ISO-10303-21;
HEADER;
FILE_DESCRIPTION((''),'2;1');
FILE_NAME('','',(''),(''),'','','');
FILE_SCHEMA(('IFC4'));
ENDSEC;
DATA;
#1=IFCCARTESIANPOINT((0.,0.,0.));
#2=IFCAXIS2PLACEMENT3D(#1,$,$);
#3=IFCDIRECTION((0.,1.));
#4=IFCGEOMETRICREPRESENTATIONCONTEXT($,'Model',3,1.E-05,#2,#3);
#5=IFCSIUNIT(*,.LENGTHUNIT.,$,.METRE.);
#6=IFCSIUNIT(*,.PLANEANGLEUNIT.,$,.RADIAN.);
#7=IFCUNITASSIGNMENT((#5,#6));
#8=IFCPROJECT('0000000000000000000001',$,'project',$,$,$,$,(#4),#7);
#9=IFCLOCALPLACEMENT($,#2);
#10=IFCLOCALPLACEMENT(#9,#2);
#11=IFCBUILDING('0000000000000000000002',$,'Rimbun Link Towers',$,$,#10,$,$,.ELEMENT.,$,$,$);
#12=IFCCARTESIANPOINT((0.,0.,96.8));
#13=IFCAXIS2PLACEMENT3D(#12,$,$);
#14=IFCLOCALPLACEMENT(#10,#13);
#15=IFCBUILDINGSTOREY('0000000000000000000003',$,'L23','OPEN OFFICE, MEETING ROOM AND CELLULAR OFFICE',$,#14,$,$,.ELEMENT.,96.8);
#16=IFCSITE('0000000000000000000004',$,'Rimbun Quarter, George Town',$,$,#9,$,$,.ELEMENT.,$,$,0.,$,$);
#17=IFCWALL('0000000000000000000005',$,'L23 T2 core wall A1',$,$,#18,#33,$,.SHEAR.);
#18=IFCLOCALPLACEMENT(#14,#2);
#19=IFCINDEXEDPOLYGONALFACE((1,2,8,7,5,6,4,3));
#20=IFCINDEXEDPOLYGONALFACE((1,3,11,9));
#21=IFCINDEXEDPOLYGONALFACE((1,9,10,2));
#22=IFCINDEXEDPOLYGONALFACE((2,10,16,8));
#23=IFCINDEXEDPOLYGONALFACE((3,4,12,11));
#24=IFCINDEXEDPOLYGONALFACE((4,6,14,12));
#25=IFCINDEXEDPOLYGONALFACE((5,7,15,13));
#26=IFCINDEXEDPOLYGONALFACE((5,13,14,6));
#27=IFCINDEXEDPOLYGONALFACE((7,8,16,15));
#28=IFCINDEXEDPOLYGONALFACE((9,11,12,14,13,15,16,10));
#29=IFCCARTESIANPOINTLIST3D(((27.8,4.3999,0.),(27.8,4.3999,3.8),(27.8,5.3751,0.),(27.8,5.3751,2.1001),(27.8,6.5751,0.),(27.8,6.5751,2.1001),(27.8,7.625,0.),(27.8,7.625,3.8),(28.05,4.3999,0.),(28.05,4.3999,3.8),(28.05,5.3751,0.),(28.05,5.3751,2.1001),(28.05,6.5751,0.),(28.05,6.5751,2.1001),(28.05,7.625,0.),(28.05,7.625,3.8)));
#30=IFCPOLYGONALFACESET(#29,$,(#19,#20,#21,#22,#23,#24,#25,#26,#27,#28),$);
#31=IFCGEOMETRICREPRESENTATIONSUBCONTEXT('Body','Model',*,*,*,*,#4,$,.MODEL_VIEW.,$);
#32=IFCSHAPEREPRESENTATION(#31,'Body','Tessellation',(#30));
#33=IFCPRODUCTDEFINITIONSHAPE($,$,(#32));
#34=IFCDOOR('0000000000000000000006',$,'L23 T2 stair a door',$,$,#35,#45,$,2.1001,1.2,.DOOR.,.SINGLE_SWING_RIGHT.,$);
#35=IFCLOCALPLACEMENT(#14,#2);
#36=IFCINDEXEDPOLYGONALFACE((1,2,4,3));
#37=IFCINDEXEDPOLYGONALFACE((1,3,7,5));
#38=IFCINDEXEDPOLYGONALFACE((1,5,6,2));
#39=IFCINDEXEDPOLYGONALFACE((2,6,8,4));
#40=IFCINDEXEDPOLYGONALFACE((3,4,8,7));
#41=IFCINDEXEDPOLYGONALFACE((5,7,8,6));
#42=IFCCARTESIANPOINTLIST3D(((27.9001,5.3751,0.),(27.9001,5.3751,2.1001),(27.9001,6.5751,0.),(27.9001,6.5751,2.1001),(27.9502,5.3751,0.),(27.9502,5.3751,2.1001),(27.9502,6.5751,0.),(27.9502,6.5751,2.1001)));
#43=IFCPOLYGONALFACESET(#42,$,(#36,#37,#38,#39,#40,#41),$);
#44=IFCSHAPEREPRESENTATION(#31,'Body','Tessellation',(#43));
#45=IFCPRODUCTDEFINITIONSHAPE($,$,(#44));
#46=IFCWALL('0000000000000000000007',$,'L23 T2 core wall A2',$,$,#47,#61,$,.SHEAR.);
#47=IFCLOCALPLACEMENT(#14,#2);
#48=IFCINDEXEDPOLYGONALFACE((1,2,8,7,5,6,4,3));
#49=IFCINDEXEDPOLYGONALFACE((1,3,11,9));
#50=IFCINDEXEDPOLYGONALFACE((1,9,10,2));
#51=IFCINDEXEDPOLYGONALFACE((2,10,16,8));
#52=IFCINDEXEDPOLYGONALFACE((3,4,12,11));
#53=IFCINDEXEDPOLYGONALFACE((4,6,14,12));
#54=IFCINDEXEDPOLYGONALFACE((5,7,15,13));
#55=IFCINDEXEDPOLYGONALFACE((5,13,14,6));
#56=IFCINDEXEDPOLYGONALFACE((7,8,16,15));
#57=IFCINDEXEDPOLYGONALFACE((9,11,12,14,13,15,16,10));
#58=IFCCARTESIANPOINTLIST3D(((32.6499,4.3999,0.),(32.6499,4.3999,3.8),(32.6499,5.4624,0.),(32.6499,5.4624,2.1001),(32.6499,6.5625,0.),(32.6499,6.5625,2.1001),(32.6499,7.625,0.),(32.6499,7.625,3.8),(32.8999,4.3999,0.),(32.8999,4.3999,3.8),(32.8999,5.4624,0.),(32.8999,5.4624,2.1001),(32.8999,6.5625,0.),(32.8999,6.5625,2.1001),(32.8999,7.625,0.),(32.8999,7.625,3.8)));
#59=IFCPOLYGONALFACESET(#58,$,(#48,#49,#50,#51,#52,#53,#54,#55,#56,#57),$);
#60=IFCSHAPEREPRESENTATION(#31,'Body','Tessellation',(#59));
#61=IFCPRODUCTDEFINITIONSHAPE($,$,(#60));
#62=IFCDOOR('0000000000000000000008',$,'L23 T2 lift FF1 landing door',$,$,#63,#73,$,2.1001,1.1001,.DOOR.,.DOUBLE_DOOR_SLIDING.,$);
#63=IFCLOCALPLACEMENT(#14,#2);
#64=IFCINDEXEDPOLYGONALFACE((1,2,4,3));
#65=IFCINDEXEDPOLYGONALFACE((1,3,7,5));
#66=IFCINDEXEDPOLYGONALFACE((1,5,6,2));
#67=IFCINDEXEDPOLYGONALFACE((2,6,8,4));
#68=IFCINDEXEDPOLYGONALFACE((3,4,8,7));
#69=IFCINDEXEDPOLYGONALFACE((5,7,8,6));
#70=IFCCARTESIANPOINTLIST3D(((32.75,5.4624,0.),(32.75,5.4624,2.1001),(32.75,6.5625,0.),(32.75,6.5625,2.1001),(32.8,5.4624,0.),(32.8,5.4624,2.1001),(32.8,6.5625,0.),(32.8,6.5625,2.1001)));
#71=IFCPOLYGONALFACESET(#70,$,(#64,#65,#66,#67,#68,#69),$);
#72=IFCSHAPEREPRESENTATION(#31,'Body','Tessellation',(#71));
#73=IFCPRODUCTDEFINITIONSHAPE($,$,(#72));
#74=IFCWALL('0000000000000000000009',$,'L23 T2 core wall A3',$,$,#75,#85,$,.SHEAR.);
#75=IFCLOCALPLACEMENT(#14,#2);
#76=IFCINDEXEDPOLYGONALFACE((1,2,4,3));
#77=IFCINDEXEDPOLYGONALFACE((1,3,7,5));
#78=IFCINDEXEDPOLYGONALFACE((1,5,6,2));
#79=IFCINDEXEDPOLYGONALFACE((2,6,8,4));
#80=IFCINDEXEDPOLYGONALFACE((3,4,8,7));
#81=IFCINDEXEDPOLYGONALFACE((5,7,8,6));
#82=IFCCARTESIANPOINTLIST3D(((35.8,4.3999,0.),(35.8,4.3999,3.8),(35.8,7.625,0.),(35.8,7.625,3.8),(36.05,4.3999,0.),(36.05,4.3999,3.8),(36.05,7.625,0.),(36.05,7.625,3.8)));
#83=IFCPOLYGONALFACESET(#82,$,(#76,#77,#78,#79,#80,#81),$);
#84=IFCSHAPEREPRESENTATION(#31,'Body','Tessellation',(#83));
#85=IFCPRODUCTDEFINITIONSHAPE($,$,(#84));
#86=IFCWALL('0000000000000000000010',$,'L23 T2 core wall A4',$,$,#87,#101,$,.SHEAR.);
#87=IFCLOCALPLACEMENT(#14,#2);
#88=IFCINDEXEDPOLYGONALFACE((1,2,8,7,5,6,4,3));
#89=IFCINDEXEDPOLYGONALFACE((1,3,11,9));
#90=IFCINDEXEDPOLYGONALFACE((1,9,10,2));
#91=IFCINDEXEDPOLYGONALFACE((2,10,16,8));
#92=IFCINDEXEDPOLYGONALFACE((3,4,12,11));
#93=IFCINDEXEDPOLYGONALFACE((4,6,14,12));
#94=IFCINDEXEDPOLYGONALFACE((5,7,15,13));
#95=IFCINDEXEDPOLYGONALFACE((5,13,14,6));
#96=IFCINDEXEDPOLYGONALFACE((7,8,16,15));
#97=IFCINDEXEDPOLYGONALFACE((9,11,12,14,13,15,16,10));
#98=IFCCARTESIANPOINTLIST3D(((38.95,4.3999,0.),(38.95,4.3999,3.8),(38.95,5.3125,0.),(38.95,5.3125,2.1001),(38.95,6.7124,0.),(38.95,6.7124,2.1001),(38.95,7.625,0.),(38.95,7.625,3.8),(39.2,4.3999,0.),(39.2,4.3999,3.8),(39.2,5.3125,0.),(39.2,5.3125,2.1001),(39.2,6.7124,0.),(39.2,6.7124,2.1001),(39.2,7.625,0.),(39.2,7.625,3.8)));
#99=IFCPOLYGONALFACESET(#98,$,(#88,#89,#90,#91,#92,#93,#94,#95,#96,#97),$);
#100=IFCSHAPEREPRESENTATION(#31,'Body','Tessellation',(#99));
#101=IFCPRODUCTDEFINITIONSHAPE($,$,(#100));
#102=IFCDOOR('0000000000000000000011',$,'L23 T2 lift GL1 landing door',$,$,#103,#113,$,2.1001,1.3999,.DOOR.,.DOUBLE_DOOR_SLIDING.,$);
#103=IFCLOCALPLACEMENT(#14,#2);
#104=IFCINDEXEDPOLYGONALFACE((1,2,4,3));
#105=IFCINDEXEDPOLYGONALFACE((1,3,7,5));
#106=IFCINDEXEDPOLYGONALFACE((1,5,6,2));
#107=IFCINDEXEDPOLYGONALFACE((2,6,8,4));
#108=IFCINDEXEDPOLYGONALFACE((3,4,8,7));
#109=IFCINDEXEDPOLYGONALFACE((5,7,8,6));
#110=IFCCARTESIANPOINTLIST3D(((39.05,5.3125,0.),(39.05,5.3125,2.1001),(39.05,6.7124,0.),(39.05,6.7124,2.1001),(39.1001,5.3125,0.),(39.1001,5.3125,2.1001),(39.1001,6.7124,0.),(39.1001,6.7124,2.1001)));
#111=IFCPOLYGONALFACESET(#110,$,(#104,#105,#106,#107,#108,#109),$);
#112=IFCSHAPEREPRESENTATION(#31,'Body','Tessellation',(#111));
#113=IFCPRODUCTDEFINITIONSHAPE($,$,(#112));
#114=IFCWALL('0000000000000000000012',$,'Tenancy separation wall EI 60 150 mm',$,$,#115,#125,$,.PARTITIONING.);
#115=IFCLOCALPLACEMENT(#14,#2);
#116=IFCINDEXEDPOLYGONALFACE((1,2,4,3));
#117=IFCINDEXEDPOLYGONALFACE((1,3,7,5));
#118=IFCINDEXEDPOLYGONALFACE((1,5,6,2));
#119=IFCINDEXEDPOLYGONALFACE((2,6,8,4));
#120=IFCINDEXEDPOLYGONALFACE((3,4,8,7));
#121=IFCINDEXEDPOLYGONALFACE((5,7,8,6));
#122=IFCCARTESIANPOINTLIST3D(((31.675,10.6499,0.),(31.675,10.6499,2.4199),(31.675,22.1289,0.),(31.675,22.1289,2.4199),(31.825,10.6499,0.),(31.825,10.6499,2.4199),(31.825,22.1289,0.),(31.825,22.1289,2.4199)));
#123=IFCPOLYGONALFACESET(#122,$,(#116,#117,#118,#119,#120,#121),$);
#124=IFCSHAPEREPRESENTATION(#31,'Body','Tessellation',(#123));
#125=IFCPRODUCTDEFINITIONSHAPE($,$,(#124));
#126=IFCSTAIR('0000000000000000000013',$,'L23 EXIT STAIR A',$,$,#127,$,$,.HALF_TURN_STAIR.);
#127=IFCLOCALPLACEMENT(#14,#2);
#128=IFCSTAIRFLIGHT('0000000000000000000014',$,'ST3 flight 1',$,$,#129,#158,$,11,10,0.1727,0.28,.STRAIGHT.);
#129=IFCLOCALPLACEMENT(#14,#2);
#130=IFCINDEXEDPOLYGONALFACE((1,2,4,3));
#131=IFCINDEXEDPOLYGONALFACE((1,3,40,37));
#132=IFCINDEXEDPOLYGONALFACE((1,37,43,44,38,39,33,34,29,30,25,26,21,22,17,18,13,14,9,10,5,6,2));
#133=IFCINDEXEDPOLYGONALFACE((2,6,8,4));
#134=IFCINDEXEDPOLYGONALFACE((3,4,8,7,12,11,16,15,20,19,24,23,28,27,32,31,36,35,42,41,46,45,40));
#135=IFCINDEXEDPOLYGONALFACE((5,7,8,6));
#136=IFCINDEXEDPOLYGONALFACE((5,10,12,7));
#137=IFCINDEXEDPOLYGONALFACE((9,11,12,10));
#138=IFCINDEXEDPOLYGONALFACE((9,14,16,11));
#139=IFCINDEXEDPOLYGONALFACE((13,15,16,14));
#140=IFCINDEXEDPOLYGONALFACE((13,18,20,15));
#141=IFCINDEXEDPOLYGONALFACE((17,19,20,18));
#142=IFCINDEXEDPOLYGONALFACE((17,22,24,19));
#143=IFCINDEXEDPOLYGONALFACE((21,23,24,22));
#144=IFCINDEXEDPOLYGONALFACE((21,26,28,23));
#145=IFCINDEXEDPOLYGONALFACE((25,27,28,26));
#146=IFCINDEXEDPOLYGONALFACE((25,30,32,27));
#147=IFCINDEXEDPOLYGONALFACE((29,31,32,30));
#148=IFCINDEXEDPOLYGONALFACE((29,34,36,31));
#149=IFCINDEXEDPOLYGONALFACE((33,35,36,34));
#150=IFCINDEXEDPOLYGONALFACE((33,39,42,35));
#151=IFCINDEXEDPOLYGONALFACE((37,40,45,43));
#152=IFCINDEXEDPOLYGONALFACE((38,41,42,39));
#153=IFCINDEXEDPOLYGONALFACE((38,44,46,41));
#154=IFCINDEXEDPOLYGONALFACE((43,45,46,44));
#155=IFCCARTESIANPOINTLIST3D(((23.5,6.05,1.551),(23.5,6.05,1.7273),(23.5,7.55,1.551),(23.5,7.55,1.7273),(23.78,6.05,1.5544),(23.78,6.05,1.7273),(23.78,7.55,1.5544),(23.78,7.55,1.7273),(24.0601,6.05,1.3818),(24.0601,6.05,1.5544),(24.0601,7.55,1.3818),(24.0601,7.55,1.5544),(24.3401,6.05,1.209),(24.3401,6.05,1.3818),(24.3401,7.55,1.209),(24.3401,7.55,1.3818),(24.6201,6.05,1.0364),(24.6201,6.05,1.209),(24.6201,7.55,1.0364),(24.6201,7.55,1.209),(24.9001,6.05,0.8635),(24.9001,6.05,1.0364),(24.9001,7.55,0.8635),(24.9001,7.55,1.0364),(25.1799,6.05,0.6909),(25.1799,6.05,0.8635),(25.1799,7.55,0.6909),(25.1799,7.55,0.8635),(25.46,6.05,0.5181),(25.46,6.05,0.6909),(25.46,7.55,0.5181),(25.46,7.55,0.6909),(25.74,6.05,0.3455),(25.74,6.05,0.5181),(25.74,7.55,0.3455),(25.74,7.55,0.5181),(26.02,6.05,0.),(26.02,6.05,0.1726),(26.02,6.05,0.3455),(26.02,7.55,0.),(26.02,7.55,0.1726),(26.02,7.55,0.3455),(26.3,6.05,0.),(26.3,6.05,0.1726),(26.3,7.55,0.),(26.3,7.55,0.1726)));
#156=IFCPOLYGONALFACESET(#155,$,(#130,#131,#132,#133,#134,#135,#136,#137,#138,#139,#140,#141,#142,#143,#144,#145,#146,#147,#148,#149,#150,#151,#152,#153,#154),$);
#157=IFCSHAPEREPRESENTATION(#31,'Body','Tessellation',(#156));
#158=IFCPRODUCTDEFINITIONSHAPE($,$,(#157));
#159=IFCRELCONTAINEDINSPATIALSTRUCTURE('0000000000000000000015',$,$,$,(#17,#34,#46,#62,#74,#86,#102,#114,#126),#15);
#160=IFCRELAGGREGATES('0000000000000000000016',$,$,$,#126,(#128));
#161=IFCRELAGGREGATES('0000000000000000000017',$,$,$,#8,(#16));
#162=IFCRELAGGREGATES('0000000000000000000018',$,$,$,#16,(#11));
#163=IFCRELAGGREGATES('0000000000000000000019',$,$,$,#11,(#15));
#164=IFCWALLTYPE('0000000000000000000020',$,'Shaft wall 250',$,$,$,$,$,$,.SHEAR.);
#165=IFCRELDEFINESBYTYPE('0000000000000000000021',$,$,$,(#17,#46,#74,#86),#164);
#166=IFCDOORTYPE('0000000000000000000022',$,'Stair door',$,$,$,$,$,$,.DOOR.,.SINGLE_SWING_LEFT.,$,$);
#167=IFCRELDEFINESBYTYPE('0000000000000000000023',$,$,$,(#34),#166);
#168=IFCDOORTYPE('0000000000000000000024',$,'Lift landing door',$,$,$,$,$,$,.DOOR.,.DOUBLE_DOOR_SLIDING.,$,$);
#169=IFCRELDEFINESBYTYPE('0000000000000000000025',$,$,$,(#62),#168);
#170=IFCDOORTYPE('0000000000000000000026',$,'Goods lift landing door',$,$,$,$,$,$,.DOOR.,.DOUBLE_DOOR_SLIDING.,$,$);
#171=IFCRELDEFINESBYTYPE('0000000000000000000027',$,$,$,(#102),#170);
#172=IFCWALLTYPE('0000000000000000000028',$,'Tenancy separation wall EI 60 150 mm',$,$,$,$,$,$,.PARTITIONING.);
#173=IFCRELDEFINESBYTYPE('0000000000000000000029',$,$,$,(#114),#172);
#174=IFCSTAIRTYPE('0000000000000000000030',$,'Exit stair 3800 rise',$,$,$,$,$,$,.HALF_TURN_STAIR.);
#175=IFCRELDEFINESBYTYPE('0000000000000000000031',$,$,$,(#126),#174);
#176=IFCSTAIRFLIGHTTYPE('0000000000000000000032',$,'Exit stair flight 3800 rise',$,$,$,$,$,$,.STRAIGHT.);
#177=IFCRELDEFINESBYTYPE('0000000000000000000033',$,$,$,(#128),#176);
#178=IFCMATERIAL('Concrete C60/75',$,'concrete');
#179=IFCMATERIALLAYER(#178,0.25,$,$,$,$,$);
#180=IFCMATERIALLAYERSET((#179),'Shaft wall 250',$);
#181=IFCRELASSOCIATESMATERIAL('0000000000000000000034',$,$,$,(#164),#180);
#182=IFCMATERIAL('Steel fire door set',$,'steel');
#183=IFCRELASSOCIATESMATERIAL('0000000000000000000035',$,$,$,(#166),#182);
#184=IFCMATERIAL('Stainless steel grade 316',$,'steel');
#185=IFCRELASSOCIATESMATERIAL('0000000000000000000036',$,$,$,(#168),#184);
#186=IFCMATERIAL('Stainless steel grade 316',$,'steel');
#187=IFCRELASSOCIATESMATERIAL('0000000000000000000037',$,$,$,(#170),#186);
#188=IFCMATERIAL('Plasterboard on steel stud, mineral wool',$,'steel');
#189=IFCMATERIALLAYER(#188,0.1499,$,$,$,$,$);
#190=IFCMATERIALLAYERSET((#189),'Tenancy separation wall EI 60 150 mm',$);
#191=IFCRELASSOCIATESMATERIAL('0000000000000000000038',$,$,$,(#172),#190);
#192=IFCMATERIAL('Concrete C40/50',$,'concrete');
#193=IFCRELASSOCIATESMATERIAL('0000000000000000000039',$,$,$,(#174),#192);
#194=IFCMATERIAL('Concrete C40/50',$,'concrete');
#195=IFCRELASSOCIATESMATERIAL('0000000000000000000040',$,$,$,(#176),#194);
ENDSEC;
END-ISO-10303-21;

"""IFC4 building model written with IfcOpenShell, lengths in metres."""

from ifc_helpers import new_model, si_unit, direction, frame, frame_2d, origin, place, context, subcontext, project, spatial, polyline, rectangle, outline, extrude, material, layer, layer_set, type_object, element, fill, aggregate, save


model = new_model("IFC4")

# Units and contexts
model_context = context("Model", 3, precision=1e-05, world=origin(), true_north=direction((0.0, 1.0)))
body_context = subcontext(model_context, "Body", "Model", "MODEL_VIEW")
ifc_project = project(units=[si_unit("LENGTHUNIT", "METRE"), si_unit("PLANEANGLEUNIT", "RADIAN")], contexts=[model_context])

# Site, building, storey
site_placement = place(None, origin())
site = spatial("IfcSite", under=ifc_project, at=site_placement, Name="Rimbun Quarter, George Town", CompositionType="ELEMENT", RefElevation=0.0)
building_placement = place(site_placement, origin())
building = spatial("IfcBuilding", under=site, at=building_placement, Name="Rimbun Link Towers", CompositionType="ELEMENT")
storey_placement = place(building_placement, frame((0.0, 0.0, 96.8)))
storey = spatial("IfcBuildingStorey", under=building, at=storey_placement, Name="L23", Description="OPEN OFFICE, MEETING ROOM AND CELLULAR OFFICE", CompositionType="ELEMENT", Elevation=96.8)

# Shared definitions
ifc_material_1 = material(Name="Concrete C60/75", Category="concrete")
ifc_layer_1 = layer(ifc_material_1, 0.25)
ifc_layer_set_1 = layer_set([ifc_layer_1], Name="Shaft wall 250")
wall_type_1 = type_object("IfcWallType", Name="Shaft wall 250", PredefinedType="SHEAR", material=ifc_layer_set_1)

# Walls, openings, doors
wall_1_placement = place(storey_placement, frame((27.925, 4.3999, 0.0), z_axis=(0.0, 0.0, 1.0), x_axis=(0.0, 1.0, 0.0)))
wall_1 = element("IfcWall", 1, at=wall_1_placement, inside=storey, type_object=wall_type_1, Name="L23 T2 core wall A1", PredefinedType="SHEAR", context=body_context, shape_type="SweptSolid", body=[
    extrude(rectangle(XDim=3.2251, YDim=0.25, at=frame_2d((1.6125, 0.0))), origin(), (0.0, 0.0, 1.0), 3.8),
])
opening_1_placement = place(wall_1_placement, frame((0.9751, 0.0, 0.0)))
opening_1 = element("IfcOpeningElement", 2, at=opening_1_placement, cuts=wall_1, PredefinedType="OPENING", context=body_context, shape_type="SweptSolid", body=[
    extrude(rectangle(XDim=1.2, YDim=2.1001, at=frame_2d((0.6001, 1.05))), frame((0.0, 0.135, 0.0), z_axis=(0.0, -1.0, 0.0), x_axis=(1.0, 0.0, 0.0)), (0.0, 0.0, 1.0), 0.27),
])
ifc_material_2 = material(Name="Steel fire door set", Category="steel")
door_type_1 = type_object("IfcDoorType", Name="Stair door", OperationType="SINGLE_SWING_LEFT", PredefinedType="DOOR", material=ifc_material_2)
door_1_placement = place(opening_1_placement, origin())
door_1 = element("IfcDoor", 3, at=door_1_placement, inside=storey, type_object=door_type_1, Name="L23 T2 stair a door", OperationType="SINGLE_SWING_RIGHT", OverallHeight=2.1001, OverallWidth=1.2, PredefinedType="DOOR", context=body_context, shape_type="SweptSolid", body=[
    extrude(rectangle(XDim=1.2, YDim=2.1001, at=frame_2d((0.6001, 1.05))), frame((0.0, 0.0249, 0.0), z_axis=(0.0, -1.0, 0.0), x_axis=(1.0, 0.0, 0.0)), (0.0, 0.0, 1.0), 0.05),
])
fill(opening_1, door_1)
wall_2_placement = place(storey_placement, frame((32.7749, 4.3999, 0.0), z_axis=(0.0, 0.0, 1.0), x_axis=(0.0, 1.0, 0.0)))
wall_2 = element("IfcWall", 4, at=wall_2_placement, inside=storey, type_object=wall_type_1, Name="L23 T2 core wall A2", PredefinedType="SHEAR", context=body_context, shape_type="SweptSolid", body=[
    extrude(rectangle(XDim=3.2251, YDim=0.25, at=frame_2d((1.6125, 0.0))), origin(), (0.0, 0.0, 1.0), 3.8),
])
opening_2_placement = place(wall_2_placement, frame((1.0625, 0.0, 0.0)))
opening_2 = element("IfcOpeningElement", 5, at=opening_2_placement, cuts=wall_2, PredefinedType="OPENING", context=body_context, shape_type="SweptSolid", body=[
    extrude(rectangle(XDim=1.1001, YDim=2.1001, at=frame_2d((0.55, 1.05))), frame((0.0, 0.135, 0.0), z_axis=(0.0, -1.0, 0.0), x_axis=(1.0, 0.0, 0.0)), (0.0, 0.0, 1.0), 0.27),
])
ifc_material_3 = material(Name="Stainless steel grade 316", Category="steel")
door_type_2 = type_object("IfcDoorType", Name="Lift landing door", OperationType="DOUBLE_DOOR_SLIDING", PredefinedType="DOOR", material=ifc_material_3)
door_2_placement = place(opening_2_placement, origin())
door_2 = element("IfcDoor", 6, at=door_2_placement, inside=storey, type_object=door_type_2, Name="L23 T2 lift FF1 landing door", OperationType="DOUBLE_DOOR_SLIDING", OverallHeight=2.1001, OverallWidth=1.1001, PredefinedType="DOOR", context=body_context, shape_type="SweptSolid", body=[
    extrude(rectangle(XDim=1.1001, YDim=2.1001, at=frame_2d((0.55, 1.05))), frame((0.0, 0.0249, 0.0), z_axis=(0.0, -1.0, 0.0), x_axis=(1.0, 0.0, 0.0)), (0.0, 0.0, 1.0), 0.05),
])
fill(opening_2, door_2)

# Wall
wall_3_placement = place(storey_placement, frame((35.925, 4.3999, 0.0), z_axis=(0.0, 0.0, 1.0), x_axis=(0.0, 1.0, 0.0)))
element("IfcWall", 7, at=wall_3_placement, inside=storey, type_object=wall_type_1, Name="L23 T2 core wall A3", PredefinedType="SHEAR", context=body_context, shape_type="SweptSolid", body=[
    extrude(rectangle(XDim=3.2251, YDim=0.25, at=frame_2d((1.6125, 0.0))), origin(), (0.0, 0.0, 1.0), 3.8),
])

# Wall, opening, door
wall_4_placement = place(storey_placement, frame((39.075, 4.3999, 0.0), z_axis=(0.0, 0.0, 1.0), x_axis=(0.0, 1.0, 0.0)))
wall_4 = element("IfcWall", 8, at=wall_4_placement, inside=storey, type_object=wall_type_1, Name="L23 T2 core wall A4", PredefinedType="SHEAR", context=body_context, shape_type="SweptSolid", body=[
    extrude(rectangle(XDim=3.2251, YDim=0.25, at=frame_2d((1.6125, 0.0))), origin(), (0.0, 0.0, 1.0), 3.8),
])
opening_3_placement = place(wall_4_placement, frame((0.9126, 0.0, 0.0)))
opening_3 = element("IfcOpeningElement", 9, at=opening_3_placement, cuts=wall_4, PredefinedType="OPENING", context=body_context, shape_type="SweptSolid", body=[
    extrude(rectangle(XDim=1.3999, YDim=2.1001, at=frame_2d((0.7, 1.05))), frame((0.0, 0.135, 0.0), z_axis=(0.0, -1.0, 0.0), x_axis=(1.0, 0.0, 0.0)), (0.0, 0.0, 1.0), 0.27),
])
ifc_material_4 = material(Name="Stainless steel grade 316", Category="steel")
door_type_3 = type_object("IfcDoorType", Name="Goods lift landing door", OperationType="DOUBLE_DOOR_SLIDING", PredefinedType="DOOR", material=ifc_material_4)
door_3_placement = place(opening_3_placement, origin())
door_3 = element("IfcDoor", 10, at=door_3_placement, inside=storey, type_object=door_type_3, Name="L23 T2 lift GL1 landing door", OperationType="DOUBLE_DOOR_SLIDING", OverallHeight=2.1001, OverallWidth=1.3999, PredefinedType="DOOR", context=body_context, shape_type="SweptSolid", body=[
    extrude(rectangle(XDim=1.3999, YDim=2.1001, at=frame_2d((0.7, 1.05))), frame((0.0, 0.0249, 0.0), z_axis=(0.0, -1.0, 0.0), x_axis=(1.0, 0.0, 0.0)), (0.0, 0.0, 1.0), 0.05),
])
fill(opening_3, door_3)

# Wall
ifc_material_5 = material(Name="Plasterboard on steel stud, mineral wool", Category="steel")
ifc_layer_2 = layer(ifc_material_5, 0.1499)
ifc_layer_set_2 = layer_set([ifc_layer_2], Name="Tenancy separation wall EI 60 150 mm")
wall_type_2 = type_object("IfcWallType", Name="Tenancy separation wall EI 60 150 mm", PredefinedType="PARTITIONING", material=ifc_layer_set_2)
wall_5_placement = place(storey_placement, frame((31.75, 10.6499, 0.0), z_axis=(0.0, 0.0, 1.0), x_axis=(0.0, 1.0, 0.0)))
element("IfcWall", 11, at=wall_5_placement, inside=storey, type_object=wall_type_2, Name="Tenancy separation wall EI 60 150 mm", PredefinedType="PARTITIONING", context=body_context, shape_type="SweptSolid", body=[
    extrude(rectangle(XDim=11.479, YDim=0.1499, at=frame_2d((5.7395, 0.0))), origin(), (0.0, 0.0, 1.0), 2.4199),
])

# Stair, stair flight
ifc_material_6 = material(Name="Concrete C40/50", Category="concrete")
stair_type = type_object("IfcStairType", Name="Exit stair 3800 rise", PredefinedType="HALF_TURN_STAIR", material=ifc_material_6)
stair_placement = place(storey_placement, origin())
stair = element("IfcStair", 12, at=stair_placement, inside=storey, type_object=stair_type, Name="L23 EXIT STAIR A", PredefinedType="HALF_TURN_STAIR")
ifc_material_7 = material(Name="Concrete C40/50", Category="concrete")
stair_flight_type = type_object("IfcStairFlightType", Name="Exit stair flight 3800 rise", PredefinedType="STRAIGHT", material=ifc_material_7)
stair_flight_placement = place(storey_placement, frame((26.3, 6.8, 0.0), z_axis=(0.0, 0.0, 1.0), x_axis=(-1.0, 0.0, 0.0)))
stair_flight = element("IfcStairFlight", 13, at=stair_flight_placement, type_object=stair_flight_type, Name="ST3 flight 1", NumberOfRisers=11, NumberOfTreads=10, PredefinedType="STRAIGHT", RiserHeight=0.1727, TreadLength=0.28, context=body_context, shape_type="SweptSolid", body=[
    extrude(outline(polyline([(0.0, 0.0), (0.0, 0.1726), (0.28, 0.1726), (0.28, 0.3455), (0.5601, 0.3455), (0.5601, 0.5181), (0.8401, 0.5181), (0.8401, 0.6909), (1.1201, 0.6909), (1.1201, 0.8635), (1.3999, 0.8635), (1.3999, 1.0364), (1.6799, 1.0364), (1.6799, 1.209), (1.96, 1.209), (1.96, 1.3818), (2.24, 1.3818), (2.24, 1.5544), (2.52, 1.5544), (2.52, 1.7273), (2.8, 1.7273), (2.8, 1.8999), (2.8, 1.551), (0.28, 0.0), (0.0, 0.0)])), frame((0.0, 0.75, 0.0), z_axis=(0.0, -1.0, 0.0), x_axis=(1.0, 0.0, 0.0)), (0.0, 0.0, 1.0), 1.5),
])
aggregate(stair, [stair_flight])

save(model, "model.ifc")
